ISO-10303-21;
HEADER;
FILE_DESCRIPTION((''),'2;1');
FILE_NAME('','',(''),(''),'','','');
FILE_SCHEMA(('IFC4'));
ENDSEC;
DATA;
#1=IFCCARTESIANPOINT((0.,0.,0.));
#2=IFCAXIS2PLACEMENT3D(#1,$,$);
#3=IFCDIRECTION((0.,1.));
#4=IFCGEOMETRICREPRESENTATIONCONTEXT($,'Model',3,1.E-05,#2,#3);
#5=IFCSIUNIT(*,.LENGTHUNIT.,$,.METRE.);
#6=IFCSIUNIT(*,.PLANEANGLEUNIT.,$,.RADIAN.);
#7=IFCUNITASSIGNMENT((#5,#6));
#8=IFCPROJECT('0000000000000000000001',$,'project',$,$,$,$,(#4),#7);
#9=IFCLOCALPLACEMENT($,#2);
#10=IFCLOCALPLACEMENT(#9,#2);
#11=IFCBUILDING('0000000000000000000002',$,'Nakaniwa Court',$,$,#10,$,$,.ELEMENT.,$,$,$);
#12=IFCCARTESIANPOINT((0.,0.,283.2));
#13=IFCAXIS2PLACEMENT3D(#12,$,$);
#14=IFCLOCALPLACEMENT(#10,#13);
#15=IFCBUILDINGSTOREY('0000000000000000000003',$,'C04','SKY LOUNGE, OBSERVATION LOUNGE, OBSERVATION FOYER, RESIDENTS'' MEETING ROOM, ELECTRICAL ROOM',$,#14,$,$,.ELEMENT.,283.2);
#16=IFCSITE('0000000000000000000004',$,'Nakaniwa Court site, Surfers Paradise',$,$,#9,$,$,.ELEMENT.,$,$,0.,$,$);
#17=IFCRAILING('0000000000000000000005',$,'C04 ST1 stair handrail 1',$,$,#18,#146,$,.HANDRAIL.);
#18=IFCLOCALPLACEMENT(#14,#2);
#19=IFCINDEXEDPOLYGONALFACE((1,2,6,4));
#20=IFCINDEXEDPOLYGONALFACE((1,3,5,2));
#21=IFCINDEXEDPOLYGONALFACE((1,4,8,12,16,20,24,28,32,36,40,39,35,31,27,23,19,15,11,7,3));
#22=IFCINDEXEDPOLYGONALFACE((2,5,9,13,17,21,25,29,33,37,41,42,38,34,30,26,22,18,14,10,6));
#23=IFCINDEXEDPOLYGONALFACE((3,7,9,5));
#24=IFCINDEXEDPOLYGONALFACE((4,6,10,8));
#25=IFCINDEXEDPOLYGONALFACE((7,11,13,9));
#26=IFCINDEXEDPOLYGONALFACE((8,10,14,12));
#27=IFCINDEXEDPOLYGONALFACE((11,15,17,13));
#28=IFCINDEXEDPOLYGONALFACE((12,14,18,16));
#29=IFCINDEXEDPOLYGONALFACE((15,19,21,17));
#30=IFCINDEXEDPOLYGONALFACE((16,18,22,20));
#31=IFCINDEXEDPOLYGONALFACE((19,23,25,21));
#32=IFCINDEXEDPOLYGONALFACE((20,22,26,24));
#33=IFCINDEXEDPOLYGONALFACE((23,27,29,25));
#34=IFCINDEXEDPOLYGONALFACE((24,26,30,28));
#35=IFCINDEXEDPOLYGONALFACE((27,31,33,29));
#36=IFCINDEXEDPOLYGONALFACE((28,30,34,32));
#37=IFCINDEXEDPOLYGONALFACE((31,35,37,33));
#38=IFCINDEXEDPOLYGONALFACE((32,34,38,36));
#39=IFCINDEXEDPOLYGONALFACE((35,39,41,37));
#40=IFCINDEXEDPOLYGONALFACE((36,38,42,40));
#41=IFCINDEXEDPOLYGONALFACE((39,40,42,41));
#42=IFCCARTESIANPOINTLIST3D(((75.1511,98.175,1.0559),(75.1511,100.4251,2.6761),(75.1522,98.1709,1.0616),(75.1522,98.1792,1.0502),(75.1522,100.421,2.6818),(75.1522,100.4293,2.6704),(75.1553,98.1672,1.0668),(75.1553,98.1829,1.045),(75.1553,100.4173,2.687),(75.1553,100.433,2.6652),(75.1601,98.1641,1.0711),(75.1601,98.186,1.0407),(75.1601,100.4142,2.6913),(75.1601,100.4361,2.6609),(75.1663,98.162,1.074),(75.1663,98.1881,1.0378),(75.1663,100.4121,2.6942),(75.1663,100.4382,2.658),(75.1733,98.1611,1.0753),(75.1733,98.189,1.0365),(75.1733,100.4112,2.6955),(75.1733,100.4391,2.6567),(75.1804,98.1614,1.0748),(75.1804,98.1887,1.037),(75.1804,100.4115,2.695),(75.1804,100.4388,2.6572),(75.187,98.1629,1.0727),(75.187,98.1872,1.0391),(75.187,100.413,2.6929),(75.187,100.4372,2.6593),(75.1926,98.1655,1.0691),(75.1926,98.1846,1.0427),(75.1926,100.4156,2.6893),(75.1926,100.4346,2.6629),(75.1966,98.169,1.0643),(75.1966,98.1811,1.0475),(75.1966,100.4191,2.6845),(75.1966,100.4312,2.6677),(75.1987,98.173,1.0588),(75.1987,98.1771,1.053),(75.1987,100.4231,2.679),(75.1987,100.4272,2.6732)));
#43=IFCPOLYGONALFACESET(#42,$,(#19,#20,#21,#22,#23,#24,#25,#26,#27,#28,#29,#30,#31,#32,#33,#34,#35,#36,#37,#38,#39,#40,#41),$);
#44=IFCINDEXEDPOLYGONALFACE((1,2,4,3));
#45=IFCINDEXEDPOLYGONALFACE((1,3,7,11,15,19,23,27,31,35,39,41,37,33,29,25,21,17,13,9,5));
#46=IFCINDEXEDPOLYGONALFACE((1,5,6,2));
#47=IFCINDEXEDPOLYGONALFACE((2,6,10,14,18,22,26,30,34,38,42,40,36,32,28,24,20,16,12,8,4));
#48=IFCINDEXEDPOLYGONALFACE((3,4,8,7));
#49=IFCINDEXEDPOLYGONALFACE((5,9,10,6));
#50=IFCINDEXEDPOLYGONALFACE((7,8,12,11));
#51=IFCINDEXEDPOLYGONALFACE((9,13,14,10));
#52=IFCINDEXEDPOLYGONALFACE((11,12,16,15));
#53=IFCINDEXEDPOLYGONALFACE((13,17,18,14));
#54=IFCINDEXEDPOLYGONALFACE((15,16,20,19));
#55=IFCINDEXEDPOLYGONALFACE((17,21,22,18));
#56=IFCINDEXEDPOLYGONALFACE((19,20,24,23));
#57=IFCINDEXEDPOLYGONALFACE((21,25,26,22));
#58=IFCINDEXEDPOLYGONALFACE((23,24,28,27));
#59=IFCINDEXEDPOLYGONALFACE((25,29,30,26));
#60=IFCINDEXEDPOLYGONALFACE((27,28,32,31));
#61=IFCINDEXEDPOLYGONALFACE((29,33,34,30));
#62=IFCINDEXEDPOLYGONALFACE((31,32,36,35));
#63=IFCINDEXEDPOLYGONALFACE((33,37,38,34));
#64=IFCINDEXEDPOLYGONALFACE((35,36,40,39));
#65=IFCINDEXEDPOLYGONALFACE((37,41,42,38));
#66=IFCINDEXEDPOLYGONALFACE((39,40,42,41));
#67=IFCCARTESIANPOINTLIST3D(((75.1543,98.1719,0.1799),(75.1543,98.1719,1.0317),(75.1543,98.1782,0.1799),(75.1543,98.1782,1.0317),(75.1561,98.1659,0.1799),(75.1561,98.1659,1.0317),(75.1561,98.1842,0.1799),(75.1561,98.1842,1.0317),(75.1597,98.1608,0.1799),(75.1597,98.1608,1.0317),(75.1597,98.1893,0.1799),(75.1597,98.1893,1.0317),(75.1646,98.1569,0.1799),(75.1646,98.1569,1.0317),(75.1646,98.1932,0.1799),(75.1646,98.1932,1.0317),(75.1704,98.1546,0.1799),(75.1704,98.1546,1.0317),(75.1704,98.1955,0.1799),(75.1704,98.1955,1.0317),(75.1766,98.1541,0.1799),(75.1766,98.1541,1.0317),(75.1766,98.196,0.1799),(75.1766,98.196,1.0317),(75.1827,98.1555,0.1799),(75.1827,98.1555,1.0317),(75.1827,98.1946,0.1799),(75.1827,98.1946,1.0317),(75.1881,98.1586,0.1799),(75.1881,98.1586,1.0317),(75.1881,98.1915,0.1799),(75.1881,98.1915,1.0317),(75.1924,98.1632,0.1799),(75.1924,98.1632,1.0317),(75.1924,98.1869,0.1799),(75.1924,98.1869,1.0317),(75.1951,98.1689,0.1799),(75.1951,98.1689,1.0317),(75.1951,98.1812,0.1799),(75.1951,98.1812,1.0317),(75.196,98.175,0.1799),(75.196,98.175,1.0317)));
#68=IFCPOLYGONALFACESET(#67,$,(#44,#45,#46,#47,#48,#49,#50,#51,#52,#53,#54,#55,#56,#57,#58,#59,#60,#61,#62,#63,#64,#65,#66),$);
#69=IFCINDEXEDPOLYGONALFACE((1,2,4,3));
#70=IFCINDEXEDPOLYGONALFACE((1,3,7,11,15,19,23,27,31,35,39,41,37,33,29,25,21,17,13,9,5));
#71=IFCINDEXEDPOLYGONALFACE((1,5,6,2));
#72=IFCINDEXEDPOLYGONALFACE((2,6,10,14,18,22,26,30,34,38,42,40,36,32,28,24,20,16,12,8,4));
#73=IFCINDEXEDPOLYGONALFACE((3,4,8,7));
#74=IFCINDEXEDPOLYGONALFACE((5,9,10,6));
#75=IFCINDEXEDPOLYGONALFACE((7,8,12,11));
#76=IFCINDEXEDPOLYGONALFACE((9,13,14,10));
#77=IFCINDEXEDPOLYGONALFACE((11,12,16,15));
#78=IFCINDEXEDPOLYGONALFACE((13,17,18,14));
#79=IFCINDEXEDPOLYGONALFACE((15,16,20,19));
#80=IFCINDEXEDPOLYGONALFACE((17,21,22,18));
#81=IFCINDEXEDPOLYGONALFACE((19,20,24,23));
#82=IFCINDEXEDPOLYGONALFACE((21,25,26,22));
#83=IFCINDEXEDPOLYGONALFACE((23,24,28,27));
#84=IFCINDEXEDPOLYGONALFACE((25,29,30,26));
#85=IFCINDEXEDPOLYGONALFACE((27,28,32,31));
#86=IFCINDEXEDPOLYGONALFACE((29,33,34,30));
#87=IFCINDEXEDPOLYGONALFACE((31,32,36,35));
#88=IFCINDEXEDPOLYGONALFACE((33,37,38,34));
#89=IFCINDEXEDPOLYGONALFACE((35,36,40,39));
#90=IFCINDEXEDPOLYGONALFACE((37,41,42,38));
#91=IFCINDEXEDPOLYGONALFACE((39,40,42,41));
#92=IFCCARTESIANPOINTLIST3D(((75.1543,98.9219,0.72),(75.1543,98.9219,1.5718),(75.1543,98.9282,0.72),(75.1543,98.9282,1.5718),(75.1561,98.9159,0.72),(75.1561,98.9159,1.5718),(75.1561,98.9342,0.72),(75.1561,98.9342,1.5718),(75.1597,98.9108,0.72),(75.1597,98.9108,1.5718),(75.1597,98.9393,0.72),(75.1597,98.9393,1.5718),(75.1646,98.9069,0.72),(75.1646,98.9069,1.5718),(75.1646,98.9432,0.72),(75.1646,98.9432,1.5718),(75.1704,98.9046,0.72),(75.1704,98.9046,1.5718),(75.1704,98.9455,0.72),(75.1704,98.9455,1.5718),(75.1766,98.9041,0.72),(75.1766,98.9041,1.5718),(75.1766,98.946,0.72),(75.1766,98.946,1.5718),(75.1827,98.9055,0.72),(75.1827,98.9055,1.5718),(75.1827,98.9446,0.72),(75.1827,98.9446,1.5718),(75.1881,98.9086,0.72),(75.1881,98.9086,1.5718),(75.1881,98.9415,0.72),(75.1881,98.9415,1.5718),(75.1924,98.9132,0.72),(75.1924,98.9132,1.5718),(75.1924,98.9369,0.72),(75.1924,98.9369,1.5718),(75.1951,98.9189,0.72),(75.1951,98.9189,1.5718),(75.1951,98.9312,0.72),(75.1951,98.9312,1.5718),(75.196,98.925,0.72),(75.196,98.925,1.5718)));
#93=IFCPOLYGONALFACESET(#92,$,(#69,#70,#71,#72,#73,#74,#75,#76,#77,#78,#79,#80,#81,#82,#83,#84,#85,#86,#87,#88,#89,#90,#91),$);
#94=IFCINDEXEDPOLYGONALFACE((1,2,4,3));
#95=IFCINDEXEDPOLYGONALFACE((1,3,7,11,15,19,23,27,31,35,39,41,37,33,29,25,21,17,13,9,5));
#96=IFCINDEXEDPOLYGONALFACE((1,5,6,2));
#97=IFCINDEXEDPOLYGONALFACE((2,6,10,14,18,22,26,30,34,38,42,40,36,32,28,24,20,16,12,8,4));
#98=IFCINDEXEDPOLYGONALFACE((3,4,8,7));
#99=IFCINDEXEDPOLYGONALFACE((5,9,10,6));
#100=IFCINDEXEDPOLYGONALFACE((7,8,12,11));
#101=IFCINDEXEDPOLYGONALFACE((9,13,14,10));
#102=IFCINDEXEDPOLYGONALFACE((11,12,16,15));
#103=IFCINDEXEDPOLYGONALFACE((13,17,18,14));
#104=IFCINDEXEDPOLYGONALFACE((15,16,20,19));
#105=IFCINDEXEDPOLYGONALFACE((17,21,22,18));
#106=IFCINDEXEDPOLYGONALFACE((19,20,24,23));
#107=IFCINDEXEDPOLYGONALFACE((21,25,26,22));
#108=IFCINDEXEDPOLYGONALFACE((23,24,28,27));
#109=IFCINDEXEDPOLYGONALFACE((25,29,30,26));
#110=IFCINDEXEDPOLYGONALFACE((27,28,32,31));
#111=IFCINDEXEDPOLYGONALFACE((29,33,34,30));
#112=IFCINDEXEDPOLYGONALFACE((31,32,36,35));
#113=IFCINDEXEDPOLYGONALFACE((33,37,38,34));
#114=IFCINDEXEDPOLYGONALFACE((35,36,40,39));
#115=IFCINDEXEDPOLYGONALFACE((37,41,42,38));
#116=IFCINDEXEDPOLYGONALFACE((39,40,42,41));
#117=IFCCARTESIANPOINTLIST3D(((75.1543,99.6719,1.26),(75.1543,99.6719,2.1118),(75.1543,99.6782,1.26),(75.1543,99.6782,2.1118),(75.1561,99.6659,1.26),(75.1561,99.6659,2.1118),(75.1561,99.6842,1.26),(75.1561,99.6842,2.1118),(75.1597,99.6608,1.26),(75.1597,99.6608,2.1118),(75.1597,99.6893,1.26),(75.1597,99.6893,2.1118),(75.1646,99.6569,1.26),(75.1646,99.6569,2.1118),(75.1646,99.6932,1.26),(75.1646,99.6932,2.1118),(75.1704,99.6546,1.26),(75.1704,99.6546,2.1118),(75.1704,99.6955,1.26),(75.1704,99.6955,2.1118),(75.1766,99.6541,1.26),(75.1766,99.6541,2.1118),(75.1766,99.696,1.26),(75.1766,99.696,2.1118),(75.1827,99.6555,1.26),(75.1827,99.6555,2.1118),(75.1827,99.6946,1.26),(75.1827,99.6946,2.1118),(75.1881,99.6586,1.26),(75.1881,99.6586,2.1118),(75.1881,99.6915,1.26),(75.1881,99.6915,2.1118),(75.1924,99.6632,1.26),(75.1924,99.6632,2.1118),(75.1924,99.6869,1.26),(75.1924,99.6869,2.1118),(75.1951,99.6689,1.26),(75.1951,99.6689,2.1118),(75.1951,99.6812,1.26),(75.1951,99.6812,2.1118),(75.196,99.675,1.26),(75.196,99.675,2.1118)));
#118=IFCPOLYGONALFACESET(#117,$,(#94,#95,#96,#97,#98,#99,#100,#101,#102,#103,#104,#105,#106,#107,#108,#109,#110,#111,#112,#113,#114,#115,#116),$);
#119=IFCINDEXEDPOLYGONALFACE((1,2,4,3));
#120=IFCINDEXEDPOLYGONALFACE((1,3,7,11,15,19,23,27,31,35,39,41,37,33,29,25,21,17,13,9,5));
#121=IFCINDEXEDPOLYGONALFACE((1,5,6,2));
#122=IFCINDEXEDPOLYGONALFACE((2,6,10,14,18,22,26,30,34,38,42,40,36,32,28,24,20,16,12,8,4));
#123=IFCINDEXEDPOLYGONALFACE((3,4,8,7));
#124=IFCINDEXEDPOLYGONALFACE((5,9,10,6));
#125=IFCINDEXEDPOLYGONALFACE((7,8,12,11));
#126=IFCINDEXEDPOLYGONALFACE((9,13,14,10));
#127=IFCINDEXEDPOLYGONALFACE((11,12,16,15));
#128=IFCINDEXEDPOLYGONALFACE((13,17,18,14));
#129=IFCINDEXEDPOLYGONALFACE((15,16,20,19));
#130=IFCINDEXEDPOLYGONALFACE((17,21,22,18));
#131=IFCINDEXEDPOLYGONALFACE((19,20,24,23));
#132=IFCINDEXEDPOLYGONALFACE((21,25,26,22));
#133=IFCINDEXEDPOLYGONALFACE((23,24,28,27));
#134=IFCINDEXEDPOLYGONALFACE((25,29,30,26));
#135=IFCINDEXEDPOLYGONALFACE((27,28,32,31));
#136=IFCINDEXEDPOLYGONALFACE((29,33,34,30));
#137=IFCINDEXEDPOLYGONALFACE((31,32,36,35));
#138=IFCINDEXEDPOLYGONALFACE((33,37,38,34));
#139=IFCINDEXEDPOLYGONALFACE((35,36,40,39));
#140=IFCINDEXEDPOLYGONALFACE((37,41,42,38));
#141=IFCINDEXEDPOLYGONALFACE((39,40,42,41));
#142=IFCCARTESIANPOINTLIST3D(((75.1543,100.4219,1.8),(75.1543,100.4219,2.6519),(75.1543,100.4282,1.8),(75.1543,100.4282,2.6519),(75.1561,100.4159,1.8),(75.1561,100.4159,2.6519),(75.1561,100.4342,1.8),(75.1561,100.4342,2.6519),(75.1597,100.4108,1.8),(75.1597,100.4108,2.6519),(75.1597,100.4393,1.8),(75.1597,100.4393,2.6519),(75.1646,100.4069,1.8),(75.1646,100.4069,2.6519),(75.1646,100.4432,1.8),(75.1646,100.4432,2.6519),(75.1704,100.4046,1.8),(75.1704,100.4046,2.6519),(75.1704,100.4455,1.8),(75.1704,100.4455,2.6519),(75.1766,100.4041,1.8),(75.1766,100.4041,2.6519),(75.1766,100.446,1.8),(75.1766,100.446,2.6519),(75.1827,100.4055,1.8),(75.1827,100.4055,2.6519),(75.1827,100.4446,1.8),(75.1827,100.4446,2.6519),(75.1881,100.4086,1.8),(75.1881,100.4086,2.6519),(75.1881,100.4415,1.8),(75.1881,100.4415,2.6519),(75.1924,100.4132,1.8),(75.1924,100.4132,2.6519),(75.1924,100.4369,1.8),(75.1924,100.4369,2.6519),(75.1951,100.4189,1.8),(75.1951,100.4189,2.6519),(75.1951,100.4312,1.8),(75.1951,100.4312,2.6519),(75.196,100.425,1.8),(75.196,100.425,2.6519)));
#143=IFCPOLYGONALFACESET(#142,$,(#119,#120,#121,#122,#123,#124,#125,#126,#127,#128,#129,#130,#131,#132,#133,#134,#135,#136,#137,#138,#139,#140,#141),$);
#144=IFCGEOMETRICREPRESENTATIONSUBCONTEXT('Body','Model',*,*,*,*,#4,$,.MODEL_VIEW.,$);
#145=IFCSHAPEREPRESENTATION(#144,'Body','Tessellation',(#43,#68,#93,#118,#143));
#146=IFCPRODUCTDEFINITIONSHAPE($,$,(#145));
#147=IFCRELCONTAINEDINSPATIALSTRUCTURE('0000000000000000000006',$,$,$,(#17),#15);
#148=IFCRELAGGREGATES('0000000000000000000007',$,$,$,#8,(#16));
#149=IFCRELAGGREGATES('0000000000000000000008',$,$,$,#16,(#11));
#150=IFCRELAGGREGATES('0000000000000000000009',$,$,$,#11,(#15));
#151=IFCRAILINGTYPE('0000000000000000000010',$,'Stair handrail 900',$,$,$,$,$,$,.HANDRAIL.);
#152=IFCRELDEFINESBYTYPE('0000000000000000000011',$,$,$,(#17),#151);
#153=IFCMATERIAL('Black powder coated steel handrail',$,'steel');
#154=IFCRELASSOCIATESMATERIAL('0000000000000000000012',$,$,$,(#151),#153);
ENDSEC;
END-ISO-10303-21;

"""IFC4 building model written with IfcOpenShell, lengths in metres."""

from ifc_helpers import new_model, si_unit, direction, frame, origin, origin_2d, place, context, subcontext, project, spatial, circle, extrude, material, type_object, element, save


model = new_model("IFC4")

# Units and contexts
model_context = context("Model", 3, precision=1e-05, world=origin(), true_north=direction((0.0, 1.0)))
body_context = subcontext(model_context, "Body", "Model", "MODEL_VIEW")
ifc_project = project(units=[si_unit("LENGTHUNIT", "METRE"), si_unit("PLANEANGLEUNIT", "RADIAN")], contexts=[model_context])

# Site, building, storey
site_placement = place(None, origin())
site = spatial("IfcSite", under=ifc_project, at=site_placement, Name="Nakaniwa Court site, Surfers Paradise", CompositionType="ELEMENT", RefElevation=0.0)
building_placement = place(site_placement, origin())
building = spatial("IfcBuilding", under=site, at=building_placement, Name="Nakaniwa Court", CompositionType="ELEMENT")
storey_placement = place(building_placement, frame((0.0, 0.0, 283.2)))
storey = spatial("IfcBuildingStorey", under=building, at=storey_placement, Name="C04", Description="SKY LOUNGE, OBSERVATION LOUNGE, OBSERVATION FOYER, RESIDENTS' MEETING ROOM, ELECTRICAL ROOM", CompositionType="ELEMENT", Elevation=283.2)

# Railing
ifc_material_1 = material(Name="Black powder coated steel handrail", Category="steel")
railing_type_1 = type_object("IfcRailingType", Name="Stair handrail 900", PredefinedType="HANDRAIL", material=ifc_material_1)
railing_1_placement = place(storey_placement, frame((75.175, 98.175, 0.1799)))
element("IfcRailing", 1, at=railing_1_placement, inside=storey, type_object=railing_type_1, Name="C04 ST1 stair handrail 1", PredefinedType="HANDRAIL", context=body_context, shape_type="SweptSolid", body=[
    extrude(circle(Radius=0.0239, at=origin_2d()), frame((0.0, 0.0, 0.876), z_axis=(0.0, 0.811514, 0.584333), x_axis=(-1.0, 0.0, 0.0)), (0.0, 0.0, 1.0), 2.7727),
    extrude(circle(Radius=0.021, at=origin_2d()), origin(), (0.0, 0.0, 1.0), 0.8518),
    extrude(circle(Radius=0.021, at=origin_2d()), frame((0.0, 0.75, 0.54)), (0.0, 0.0, 1.0), 0.8518),
    extrude(circle(Radius=0.021, at=origin_2d()), frame((0.0, 1.5, 1.0801)), (0.0, 0.0, 1.0), 0.8518),
    extrude(circle(Radius=0.021, at=origin_2d()), frame((0.0, 2.25, 1.6201)), (0.0, 0.0, 1.0), 0.8518),
])

save(model, "model.ifc")
